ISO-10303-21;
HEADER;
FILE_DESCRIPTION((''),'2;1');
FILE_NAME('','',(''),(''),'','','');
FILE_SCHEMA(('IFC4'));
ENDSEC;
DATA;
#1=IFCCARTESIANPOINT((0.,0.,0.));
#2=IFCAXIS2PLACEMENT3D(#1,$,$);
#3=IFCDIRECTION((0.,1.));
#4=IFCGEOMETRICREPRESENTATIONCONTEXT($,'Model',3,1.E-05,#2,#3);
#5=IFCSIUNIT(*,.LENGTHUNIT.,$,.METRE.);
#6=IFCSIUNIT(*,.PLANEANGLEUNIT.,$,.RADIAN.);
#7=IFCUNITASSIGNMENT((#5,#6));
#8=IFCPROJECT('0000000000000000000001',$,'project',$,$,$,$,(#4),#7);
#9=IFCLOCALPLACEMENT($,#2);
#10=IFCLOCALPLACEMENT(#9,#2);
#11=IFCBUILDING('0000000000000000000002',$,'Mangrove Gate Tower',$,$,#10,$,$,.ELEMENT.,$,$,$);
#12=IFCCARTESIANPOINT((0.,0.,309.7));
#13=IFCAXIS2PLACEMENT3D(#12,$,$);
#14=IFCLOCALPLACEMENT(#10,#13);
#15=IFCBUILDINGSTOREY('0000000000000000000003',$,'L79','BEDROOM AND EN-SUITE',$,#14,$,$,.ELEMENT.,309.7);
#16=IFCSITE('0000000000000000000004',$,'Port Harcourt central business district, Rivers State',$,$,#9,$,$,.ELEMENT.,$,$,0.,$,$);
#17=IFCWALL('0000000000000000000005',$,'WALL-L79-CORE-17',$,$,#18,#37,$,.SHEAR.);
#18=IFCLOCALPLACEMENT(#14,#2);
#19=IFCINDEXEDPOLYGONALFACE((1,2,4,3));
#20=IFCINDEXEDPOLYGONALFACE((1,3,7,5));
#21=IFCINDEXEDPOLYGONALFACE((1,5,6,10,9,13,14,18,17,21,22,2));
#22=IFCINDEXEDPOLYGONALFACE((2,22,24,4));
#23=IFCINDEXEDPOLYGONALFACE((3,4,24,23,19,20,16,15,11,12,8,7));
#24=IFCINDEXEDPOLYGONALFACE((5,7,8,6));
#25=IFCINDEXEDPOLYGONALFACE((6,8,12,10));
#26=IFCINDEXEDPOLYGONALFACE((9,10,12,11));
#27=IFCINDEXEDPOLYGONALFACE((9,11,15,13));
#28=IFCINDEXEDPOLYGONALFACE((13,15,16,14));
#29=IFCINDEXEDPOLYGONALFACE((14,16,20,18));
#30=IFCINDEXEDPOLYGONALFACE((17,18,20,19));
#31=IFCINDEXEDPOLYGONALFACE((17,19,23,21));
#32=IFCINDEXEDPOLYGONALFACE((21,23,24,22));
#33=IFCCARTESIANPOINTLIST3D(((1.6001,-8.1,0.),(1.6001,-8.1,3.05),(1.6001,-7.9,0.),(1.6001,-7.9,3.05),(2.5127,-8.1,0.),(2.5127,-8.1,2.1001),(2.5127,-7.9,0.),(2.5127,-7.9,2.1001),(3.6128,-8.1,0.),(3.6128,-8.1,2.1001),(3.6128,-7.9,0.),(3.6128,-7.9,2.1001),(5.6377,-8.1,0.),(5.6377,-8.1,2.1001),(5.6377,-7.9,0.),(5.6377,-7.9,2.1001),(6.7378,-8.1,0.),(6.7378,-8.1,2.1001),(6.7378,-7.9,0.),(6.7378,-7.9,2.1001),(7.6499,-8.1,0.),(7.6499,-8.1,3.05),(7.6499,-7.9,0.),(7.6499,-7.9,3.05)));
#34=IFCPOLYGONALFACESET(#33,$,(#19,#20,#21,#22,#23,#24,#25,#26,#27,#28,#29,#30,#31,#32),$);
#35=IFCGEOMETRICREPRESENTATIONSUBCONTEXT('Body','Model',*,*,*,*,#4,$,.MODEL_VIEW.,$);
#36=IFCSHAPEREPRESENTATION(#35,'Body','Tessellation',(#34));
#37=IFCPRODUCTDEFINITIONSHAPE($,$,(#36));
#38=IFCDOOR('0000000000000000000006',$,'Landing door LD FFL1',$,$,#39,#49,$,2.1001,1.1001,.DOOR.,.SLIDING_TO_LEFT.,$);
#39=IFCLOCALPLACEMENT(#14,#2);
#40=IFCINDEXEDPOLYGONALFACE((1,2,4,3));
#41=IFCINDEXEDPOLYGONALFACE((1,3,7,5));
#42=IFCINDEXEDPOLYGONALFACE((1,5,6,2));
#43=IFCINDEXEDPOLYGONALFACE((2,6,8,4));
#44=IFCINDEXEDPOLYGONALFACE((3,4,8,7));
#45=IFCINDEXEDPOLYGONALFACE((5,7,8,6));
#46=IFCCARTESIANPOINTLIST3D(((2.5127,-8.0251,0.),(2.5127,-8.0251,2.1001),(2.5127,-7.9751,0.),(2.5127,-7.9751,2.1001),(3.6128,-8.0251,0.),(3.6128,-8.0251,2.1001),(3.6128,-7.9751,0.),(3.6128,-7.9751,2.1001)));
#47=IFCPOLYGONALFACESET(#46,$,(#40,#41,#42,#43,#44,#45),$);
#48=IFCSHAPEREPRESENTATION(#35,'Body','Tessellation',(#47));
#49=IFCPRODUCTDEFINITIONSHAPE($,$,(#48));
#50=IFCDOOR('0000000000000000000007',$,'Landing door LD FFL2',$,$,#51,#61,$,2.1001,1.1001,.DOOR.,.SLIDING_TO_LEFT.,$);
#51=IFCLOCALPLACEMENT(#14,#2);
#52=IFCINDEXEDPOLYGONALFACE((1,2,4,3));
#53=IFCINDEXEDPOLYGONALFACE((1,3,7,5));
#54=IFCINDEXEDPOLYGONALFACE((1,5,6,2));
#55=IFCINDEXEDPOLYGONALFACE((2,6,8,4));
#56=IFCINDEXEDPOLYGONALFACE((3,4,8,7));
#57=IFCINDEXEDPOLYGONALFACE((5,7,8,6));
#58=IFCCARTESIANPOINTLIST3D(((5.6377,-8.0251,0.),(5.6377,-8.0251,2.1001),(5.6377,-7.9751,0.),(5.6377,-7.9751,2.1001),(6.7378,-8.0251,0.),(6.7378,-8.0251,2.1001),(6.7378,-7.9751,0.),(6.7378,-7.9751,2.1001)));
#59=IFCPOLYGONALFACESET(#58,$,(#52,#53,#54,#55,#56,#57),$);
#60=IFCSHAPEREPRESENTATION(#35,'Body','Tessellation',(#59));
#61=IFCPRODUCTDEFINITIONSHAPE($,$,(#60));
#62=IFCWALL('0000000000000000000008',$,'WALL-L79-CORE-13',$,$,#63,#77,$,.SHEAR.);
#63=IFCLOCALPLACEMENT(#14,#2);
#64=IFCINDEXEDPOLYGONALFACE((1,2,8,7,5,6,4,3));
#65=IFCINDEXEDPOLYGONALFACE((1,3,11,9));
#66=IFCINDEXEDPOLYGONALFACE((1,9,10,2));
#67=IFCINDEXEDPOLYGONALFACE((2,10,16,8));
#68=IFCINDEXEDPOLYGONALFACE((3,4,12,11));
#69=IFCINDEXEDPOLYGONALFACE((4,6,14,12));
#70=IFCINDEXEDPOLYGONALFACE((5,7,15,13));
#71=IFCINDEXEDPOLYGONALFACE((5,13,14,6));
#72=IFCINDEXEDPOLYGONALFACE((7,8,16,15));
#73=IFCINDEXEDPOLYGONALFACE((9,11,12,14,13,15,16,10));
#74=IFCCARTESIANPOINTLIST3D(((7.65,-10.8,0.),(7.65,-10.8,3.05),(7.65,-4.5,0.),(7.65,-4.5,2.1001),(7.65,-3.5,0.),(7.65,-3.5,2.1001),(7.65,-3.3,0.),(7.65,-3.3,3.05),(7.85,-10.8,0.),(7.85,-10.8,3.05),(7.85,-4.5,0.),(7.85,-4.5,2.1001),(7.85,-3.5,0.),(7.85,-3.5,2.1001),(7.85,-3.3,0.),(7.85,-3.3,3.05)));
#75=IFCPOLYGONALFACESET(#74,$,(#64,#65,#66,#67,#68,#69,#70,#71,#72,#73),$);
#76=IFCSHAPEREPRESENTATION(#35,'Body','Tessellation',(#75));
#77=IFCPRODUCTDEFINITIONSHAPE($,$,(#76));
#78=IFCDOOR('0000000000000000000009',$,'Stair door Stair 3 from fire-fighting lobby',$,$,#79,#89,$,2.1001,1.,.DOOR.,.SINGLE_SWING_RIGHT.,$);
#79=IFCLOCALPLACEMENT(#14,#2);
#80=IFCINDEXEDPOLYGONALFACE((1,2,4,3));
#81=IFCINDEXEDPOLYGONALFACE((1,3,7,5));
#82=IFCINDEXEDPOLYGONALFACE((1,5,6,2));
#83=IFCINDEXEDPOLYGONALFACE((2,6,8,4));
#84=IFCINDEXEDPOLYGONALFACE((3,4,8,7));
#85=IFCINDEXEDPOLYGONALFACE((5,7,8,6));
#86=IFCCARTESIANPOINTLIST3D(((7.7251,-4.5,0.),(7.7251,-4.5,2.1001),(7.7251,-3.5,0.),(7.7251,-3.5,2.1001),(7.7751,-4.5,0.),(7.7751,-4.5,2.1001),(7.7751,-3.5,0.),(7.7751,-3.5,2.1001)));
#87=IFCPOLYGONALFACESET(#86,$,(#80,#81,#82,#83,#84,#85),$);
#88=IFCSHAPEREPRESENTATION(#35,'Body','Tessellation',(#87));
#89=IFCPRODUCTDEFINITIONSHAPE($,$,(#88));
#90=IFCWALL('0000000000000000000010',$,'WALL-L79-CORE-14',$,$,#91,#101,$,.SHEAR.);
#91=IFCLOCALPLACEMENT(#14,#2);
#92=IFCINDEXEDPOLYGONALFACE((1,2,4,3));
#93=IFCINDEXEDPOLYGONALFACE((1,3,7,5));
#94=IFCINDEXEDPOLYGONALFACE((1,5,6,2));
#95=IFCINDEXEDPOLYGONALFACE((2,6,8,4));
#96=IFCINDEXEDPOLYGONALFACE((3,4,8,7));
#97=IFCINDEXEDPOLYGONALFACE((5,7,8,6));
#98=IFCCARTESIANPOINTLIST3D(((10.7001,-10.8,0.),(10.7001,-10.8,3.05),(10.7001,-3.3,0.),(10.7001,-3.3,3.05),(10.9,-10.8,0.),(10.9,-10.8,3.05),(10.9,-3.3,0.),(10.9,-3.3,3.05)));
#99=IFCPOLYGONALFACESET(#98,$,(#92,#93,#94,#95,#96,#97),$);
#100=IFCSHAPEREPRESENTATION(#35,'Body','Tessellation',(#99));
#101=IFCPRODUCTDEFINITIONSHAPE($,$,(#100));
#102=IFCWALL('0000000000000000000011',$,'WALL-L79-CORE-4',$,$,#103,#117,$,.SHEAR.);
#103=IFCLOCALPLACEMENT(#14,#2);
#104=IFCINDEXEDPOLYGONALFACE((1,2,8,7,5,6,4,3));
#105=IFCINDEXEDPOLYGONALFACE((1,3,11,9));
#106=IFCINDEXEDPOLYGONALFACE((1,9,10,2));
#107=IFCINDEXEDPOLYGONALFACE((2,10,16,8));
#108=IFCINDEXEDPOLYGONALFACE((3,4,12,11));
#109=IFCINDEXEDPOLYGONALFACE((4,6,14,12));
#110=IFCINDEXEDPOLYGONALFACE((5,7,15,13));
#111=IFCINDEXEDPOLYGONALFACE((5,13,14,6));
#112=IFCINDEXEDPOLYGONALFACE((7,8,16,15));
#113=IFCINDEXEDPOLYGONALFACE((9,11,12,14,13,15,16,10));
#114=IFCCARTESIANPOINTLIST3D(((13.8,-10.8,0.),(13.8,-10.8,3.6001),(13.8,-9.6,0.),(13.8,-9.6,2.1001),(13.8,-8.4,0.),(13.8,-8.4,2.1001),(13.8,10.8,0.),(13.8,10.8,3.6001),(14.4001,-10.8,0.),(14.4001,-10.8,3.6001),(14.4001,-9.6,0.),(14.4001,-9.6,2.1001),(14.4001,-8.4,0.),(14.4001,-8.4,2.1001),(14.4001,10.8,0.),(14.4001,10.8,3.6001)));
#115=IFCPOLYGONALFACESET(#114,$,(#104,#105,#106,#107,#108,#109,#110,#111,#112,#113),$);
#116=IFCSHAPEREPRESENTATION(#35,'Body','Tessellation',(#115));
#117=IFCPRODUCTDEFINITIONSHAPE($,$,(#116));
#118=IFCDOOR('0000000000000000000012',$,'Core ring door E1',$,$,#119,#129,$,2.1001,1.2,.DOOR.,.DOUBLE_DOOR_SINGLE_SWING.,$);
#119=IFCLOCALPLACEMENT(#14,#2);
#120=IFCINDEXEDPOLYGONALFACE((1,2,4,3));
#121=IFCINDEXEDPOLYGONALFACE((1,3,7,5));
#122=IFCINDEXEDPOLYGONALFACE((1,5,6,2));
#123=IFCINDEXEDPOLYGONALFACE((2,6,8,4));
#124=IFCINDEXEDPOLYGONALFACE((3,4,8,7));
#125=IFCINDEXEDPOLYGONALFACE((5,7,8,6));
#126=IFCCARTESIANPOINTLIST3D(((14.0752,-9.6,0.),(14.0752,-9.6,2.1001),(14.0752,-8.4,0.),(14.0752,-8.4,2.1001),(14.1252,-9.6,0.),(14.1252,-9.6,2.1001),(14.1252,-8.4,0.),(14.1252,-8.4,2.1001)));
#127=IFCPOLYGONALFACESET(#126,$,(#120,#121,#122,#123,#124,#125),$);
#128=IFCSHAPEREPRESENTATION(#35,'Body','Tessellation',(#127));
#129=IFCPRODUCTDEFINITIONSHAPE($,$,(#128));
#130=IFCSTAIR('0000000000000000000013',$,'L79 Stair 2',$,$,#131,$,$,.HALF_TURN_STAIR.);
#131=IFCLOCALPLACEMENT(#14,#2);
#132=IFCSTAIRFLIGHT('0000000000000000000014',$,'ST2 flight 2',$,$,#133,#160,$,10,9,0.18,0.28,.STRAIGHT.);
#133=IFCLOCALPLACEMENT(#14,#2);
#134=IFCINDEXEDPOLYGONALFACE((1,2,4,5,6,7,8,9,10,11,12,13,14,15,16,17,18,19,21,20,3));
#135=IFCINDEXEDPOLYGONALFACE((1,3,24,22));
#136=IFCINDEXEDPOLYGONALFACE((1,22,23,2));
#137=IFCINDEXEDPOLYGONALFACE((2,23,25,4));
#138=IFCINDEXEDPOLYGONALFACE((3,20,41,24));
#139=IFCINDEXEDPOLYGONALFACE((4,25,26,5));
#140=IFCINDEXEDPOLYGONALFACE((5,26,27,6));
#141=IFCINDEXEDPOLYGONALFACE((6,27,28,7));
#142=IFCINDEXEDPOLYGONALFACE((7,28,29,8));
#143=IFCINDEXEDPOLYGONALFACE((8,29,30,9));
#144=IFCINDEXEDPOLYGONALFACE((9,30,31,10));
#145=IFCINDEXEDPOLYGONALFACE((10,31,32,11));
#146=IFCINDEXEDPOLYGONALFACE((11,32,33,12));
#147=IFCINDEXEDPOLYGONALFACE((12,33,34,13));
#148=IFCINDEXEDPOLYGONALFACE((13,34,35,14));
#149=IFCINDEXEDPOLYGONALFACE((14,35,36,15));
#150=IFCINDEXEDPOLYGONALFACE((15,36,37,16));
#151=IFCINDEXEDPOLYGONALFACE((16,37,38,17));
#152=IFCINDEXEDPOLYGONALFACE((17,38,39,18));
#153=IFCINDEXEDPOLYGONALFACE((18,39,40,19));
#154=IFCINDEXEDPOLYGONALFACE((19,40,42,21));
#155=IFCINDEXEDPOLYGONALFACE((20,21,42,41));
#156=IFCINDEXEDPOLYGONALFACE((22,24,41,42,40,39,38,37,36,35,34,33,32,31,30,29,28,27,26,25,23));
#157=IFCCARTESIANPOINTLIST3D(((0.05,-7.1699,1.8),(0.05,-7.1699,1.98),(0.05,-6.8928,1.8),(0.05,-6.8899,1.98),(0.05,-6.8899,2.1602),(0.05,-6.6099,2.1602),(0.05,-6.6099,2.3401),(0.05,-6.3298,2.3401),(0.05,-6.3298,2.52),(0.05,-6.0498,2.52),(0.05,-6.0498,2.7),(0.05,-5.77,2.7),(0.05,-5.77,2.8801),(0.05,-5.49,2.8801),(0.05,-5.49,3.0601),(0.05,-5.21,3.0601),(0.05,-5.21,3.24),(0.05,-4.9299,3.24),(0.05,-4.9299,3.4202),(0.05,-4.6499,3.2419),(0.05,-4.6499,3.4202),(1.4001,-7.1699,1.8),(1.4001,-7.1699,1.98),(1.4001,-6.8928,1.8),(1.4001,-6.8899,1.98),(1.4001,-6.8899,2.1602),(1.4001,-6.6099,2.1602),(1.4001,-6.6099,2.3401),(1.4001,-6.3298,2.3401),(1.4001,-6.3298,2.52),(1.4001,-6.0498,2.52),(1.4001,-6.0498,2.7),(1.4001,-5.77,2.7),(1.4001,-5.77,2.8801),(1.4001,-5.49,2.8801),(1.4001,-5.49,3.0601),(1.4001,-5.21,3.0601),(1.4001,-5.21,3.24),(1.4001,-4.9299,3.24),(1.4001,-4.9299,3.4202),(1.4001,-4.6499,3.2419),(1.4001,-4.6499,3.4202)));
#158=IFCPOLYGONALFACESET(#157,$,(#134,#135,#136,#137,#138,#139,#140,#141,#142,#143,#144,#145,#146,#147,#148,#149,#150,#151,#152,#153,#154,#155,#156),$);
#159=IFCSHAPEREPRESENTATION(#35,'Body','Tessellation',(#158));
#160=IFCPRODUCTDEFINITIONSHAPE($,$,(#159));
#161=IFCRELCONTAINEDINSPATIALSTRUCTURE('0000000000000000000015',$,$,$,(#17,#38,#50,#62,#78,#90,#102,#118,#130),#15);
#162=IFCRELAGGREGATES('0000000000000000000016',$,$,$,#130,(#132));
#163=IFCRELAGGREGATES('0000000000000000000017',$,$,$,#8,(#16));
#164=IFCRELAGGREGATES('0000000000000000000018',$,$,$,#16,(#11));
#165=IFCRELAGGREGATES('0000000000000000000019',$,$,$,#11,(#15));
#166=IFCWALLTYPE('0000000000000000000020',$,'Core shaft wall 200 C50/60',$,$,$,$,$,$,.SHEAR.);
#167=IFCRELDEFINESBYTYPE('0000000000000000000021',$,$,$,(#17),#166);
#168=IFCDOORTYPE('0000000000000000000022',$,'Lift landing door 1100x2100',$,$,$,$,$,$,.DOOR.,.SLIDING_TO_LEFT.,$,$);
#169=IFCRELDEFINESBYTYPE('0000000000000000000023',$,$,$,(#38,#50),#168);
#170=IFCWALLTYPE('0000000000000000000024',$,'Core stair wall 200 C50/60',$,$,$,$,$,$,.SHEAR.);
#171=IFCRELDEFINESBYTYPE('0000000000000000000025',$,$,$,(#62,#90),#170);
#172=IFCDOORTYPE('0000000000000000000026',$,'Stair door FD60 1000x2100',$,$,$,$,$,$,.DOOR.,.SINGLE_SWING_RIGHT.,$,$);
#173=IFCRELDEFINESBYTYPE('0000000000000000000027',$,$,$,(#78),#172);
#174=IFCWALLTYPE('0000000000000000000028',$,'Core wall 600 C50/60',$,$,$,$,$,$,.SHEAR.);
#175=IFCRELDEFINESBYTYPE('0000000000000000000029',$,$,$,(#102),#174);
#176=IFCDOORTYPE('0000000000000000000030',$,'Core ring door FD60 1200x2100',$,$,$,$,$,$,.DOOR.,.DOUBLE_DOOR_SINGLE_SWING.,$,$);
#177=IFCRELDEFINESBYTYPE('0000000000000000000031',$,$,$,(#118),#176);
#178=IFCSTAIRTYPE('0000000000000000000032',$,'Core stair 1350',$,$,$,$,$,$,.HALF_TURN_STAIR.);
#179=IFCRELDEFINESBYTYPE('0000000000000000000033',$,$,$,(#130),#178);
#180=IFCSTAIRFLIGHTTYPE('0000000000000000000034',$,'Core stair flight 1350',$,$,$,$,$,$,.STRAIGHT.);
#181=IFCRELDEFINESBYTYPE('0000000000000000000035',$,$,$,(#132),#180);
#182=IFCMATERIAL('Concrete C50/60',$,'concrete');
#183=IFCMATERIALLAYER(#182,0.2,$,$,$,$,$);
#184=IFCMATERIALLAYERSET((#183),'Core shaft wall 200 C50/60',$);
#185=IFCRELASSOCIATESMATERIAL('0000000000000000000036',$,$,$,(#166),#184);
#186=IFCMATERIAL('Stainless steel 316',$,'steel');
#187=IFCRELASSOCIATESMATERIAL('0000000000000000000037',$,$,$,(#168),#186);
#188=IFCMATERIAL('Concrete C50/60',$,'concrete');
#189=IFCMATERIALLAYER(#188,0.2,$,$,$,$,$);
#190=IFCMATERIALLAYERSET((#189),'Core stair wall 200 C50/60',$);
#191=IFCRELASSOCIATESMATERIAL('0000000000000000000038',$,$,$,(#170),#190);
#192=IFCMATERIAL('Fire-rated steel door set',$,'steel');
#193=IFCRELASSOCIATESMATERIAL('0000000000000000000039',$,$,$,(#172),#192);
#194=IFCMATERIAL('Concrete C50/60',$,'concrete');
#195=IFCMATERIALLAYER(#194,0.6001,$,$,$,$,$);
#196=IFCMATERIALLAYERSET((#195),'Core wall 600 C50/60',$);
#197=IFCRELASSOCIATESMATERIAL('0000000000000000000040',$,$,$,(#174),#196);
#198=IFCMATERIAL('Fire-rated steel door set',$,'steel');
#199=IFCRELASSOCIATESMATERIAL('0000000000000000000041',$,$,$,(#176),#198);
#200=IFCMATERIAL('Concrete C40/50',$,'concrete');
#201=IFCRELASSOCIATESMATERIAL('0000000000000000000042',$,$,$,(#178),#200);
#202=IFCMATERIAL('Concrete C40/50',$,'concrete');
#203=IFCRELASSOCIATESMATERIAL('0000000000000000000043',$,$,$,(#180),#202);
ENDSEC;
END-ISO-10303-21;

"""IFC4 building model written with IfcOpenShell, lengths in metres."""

from ifc_helpers import new_model, si_unit, direction, frame, frame_2d, origin, place, context, subcontext, project, spatial, polyline, rectangle, outline, extrude, material, layer, layer_set, type_object, element, fill, aggregate, save


model = new_model("IFC4")

# Units and contexts
model_context = context("Model", 3, precision=1e-05, world=origin(), true_north=direction((0.0, 1.0)))
body_context = subcontext(model_context, "Body", "Model", "MODEL_VIEW")
ifc_project = project(units=[si_unit("LENGTHUNIT", "METRE"), si_unit("PLANEANGLEUNIT", "RADIAN")], contexts=[model_context])

# Site, building, storey
site_placement = place(None, origin())
site = spatial("IfcSite", under=ifc_project, at=site_placement, Name="Port Harcourt central business district, Rivers State", CompositionType="ELEMENT", RefElevation=0.0)
building_placement = place(site_placement, origin())
building = spatial("IfcBuilding", under=site, at=building_placement, Name="Mangrove Gate Tower", CompositionType="ELEMENT")
storey_placement = place(building_placement, frame((0.0, 0.0, 309.7)))
storey = spatial("IfcBuildingStorey", under=building, at=storey_placement, Name="L79", Description="BEDROOM AND EN-SUITE", CompositionType="ELEMENT", Elevation=309.7)

# Wall, openings, doors
ifc_material_1 = material(Name="Concrete C50/60", Category="concrete")
ifc_layer_1 = layer(ifc_material_1, 0.2)
ifc_layer_set_1 = layer_set([ifc_layer_1], Name="Core shaft wall 200 C50/60")
wall_type_1 = type_object("IfcWallType", Name="Core shaft wall 200 C50/60", PredefinedType="SHEAR", material=ifc_layer_set_1)
wall_1_placement = place(storey_placement, frame((1.6001, -8.0, 0.0), z_axis=(0.0, 0.0, 1.0), x_axis=(1.0, 0.0, 0.0)))
wall_1 = element("IfcWall", 1, at=wall_1_placement, inside=storey, type_object=wall_type_1, Name="WALL-L79-CORE-17", PredefinedType="SHEAR", context=body_context, shape_type="SweptSolid", body=[
    extrude(rectangle(XDim=6.0498, YDim=0.2, at=frame_2d((3.0249, 0.0))), origin(), (0.0, 0.0, 1.0), 3.05),
])
opening_1_placement = place(wall_1_placement, frame((0.9126, 0.0, 0.0)))
opening_1 = element("IfcOpeningElement", 2, at=opening_1_placement, cuts=wall_1, PredefinedType="OPENING", context=body_context, shape_type="SweptSolid", body=[
    extrude(rectangle(XDim=1.1001, YDim=2.1001, at=frame_2d((0.55, 1.05))), frame((0.0, 0.1099, 0.0), z_axis=(0.0, -1.0, 0.0), x_axis=(1.0, 0.0, 0.0)), (0.0, 0.0, 1.0), 0.22),
])
opening_2_placement = place(wall_1_placement, frame((4.0376, 0.0, 0.0)))
opening_2 = element("IfcOpeningElement", 3, at=opening_2_placement, cuts=wall_1, PredefinedType="OPENING", context=body_context, shape_type="SweptSolid", body=[
    extrude(rectangle(XDim=1.1001, YDim=2.1001, at=frame_2d((0.55, 1.05))), frame((0.0, 0.1099, 0.0), z_axis=(0.0, -1.0, 0.0), x_axis=(1.0, 0.0, 0.0)), (0.0, 0.0, 1.0), 0.22),
])
ifc_material_2 = material(Name="Stainless steel 316", Category="steel")
door_type_1 = type_object("IfcDoorType", Name="Lift landing door 1100x2100", OperationType="SLIDING_TO_LEFT", PredefinedType="DOOR", material=ifc_material_2)
door_1_placement = place(opening_1_placement, origin())
door_1 = element("IfcDoor", 4, at=door_1_placement, inside=storey, type_object=door_type_1, Name="Landing door LD FFL1", OperationType="SLIDING_TO_LEFT", OverallHeight=2.1001, OverallWidth=1.1001, PredefinedType="DOOR", context=body_context, shape_type="SweptSolid", body=[
    extrude(rectangle(XDim=1.1001, YDim=2.1001, at=frame_2d((0.55, 1.05))), frame((0.0, 0.0249, 0.0), z_axis=(0.0, -1.0, 0.0), x_axis=(1.0, 0.0, 0.0)), (0.0, 0.0, 1.0), 0.05),
])
fill(opening_1, door_1)
door_2_placement = place(opening_2_placement, origin())
door_2 = element("IfcDoor", 5, at=door_2_placement, inside=storey, type_object=door_type_1, Name="Landing door LD FFL2", OperationType="SLIDING_TO_LEFT", OverallHeight=2.1001, OverallWidth=1.1001, PredefinedType="DOOR", context=body_context, shape_type="SweptSolid", body=[
    extrude(rectangle(XDim=1.1001, YDim=2.1001, at=frame_2d((0.55, 1.05))), frame((0.0, 0.0249, 0.0), z_axis=(0.0, -1.0, 0.0), x_axis=(1.0, 0.0, 0.0)), (0.0, 0.0, 1.0), 0.05),
])
fill(opening_2, door_2)

# Wall, opening, door
ifc_material_3 = material(Name="Concrete C50/60", Category="concrete")
ifc_layer_2 = layer(ifc_material_3, 0.2)
ifc_layer_set_2 = layer_set([ifc_layer_2], Name="Core stair wall 200 C50/60")
wall_type_2 = type_object("IfcWallType", Name="Core stair wall 200 C50/60", PredefinedType="SHEAR", material=ifc_layer_set_2)
wall_2_placement = place(storey_placement, frame((7.75, -10.8, 0.0), z_axis=(0.0, 0.0, 1.0), x_axis=(0.0, 1.0, 0.0)))
wall_2 = element("IfcWall", 6, at=wall_2_placement, inside=storey, type_object=wall_type_2, Name="WALL-L79-CORE-13", PredefinedType="SHEAR", context=body_context, shape_type="SweptSolid", body=[
    extrude(rectangle(XDim=7.5, YDim=0.2, at=frame_2d((3.75, 0.0))), origin(), (0.0, 0.0, 1.0), 3.05),
])
opening_3_placement = place(wall_2_placement, frame((6.3, 0.0, 0.0)))
opening_3 = element("IfcOpeningElement", 7, at=opening_3_placement, cuts=wall_2, PredefinedType="OPENING", context=body_context, shape_type="SweptSolid", body=[
    extrude(rectangle(XDim=1.0, YDim=2.1001, at=frame_2d((0.5, 1.05))), frame((0.0, 0.1099, 0.0), z_axis=(0.0, -1.0, 0.0), x_axis=(1.0, 0.0, 0.0)), (0.0, 0.0, 1.0), 0.22),
])
ifc_material_4 = material(Name="Fire-rated steel door set", Category="steel")
door_type_2 = type_object("IfcDoorType", Name="Stair door FD60 1000x2100", OperationType="SINGLE_SWING_RIGHT", PredefinedType="DOOR", material=ifc_material_4)
door_3_placement = place(opening_3_placement, origin())
door_3 = element("IfcDoor", 8, at=door_3_placement, inside=storey, type_object=door_type_2, Name="Stair door Stair 3 from fire-fighting lobby", OperationType="SINGLE_SWING_RIGHT", OverallHeight=2.1001, OverallWidth=1.0, PredefinedType="DOOR", context=body_context, shape_type="SweptSolid", body=[
    extrude(rectangle(XDim=1.0, YDim=2.1001, at=frame_2d((0.5, 1.05))), frame((0.0, 0.0249, 0.0), z_axis=(0.0, -1.0, 0.0), x_axis=(1.0, 0.0, 0.0)), (0.0, 0.0, 1.0), 0.05),
])
fill(opening_3, door_3)

# Wall
wall_3_placement = place(storey_placement, frame((10.8, -10.8, 0.0), z_axis=(0.0, 0.0, 1.0), x_axis=(0.0, 1.0, 0.0)))
element("IfcWall", 9, at=wall_3_placement, inside=storey, type_object=wall_type_2, Name="WALL-L79-CORE-14", PredefinedType="SHEAR", context=body_context, shape_type="SweptSolid", body=[
    extrude(rectangle(XDim=7.5, YDim=0.2, at=frame_2d((3.75, 0.0))), origin(), (0.0, 0.0, 1.0), 3.05),
])

# Wall, opening, door
ifc_material_5 = material(Name="Concrete C50/60", Category="concrete")
ifc_layer_3 = layer(ifc_material_5, 0.6001)
ifc_layer_set_3 = layer_set([ifc_layer_3], Name="Core wall 600 C50/60")
wall_type_3 = type_object("IfcWallType", Name="Core wall 600 C50/60", PredefinedType="SHEAR", material=ifc_layer_set_3)
wall_4_placement = place(storey_placement, frame((14.1001, -10.8, 0.0), z_axis=(0.0, 0.0, 1.0), x_axis=(0.0, 1.0, 0.0)))
wall_4 = element("IfcWall", 10, at=wall_4_placement, inside=storey, type_object=wall_type_3, Name="WALL-L79-CORE-4", PredefinedType="SHEAR", context=body_context, shape_type="SweptSolid", body=[
    extrude(rectangle(XDim=21.6001, YDim=0.6001, at=frame_2d((10.8, 0.0))), origin(), (0.0, 0.0, 1.0), 3.6001),
])
opening_4_placement = place(wall_4_placement, frame((1.2, 0.0, 0.0)))
opening_4 = element("IfcOpeningElement", 11, at=opening_4_placement, cuts=wall_4, PredefinedType="OPENING", context=body_context, shape_type="SweptSolid", body=[
    extrude(rectangle(XDim=1.2, YDim=2.1001, at=frame_2d((0.6001, 1.05))), frame((0.0, 0.3101, 0.0), z_axis=(0.0, -1.0, 0.0), x_axis=(1.0, 0.0, 0.0)), (0.0, 0.0, 1.0), 0.6201),
])
ifc_material_6 = material(Name="Fire-rated steel door set", Category="steel")
door_type_3 = type_object("IfcDoorType", Name="Core ring door FD60 1200x2100", OperationType="DOUBLE_DOOR_SINGLE_SWING", PredefinedType="DOOR", material=ifc_material_6)
door_4_placement = place(opening_4_placement, origin())
door_4 = element("IfcDoor", 12, at=door_4_placement, inside=storey, type_object=door_type_3, Name="Core ring door E1", OperationType="DOUBLE_DOOR_SINGLE_SWING", OverallHeight=2.1001, OverallWidth=1.2, PredefinedType="DOOR", context=body_context, shape_type="SweptSolid", body=[
    extrude(rectangle(XDim=1.2, YDim=2.1001, at=frame_2d((0.6001, 1.05))), frame((0.0, 0.0249, 0.0), z_axis=(0.0, -1.0, 0.0), x_axis=(1.0, 0.0, 0.0)), (0.0, 0.0, 1.0), 0.05),
])
fill(opening_4, door_4)

# Stair, stair flight
ifc_material_7 = material(Name="Concrete C40/50", Category="concrete")
stair_type = type_object("IfcStairType", Name="Core stair 1350", PredefinedType="HALF_TURN_STAIR", material=ifc_material_7)
stair_1_placement = place(storey_placement, origin())
stair_1 = element("IfcStair", 13, at=stair_1_placement, inside=storey, type_object=stair_type, Name="L79 Stair 2", PredefinedType="HALF_TURN_STAIR")
ifc_material_8 = material(Name="Concrete C40/50", Category="concrete")
stair_flight_type = type_object("IfcStairFlightType", Name="Core stair flight 1350", PredefinedType="STRAIGHT", material=ifc_material_8)
stair_flight_1_placement = place(storey_placement, frame((0.7251, -7.1699, 1.8), z_axis=(0.0, 0.0, 1.0), x_axis=(0.0, 1.0, 0.0)))
stair_flight_1 = element("IfcStairFlight", 14, at=stair_flight_1_placement, type_object=stair_flight_type, Name="ST2 flight 2", NumberOfRisers=10, NumberOfTreads=9, PredefinedType="STRAIGHT", RiserHeight=0.18, TreadLength=0.28, context=body_context, shape_type="SweptSolid", body=[
    extrude(outline(polyline([(0.0, 0.0), (0.0, 0.1799), (0.28, 0.1799), (0.28, 0.3601), (0.5601, 0.3601), (0.5601, 0.54), (0.8401, 0.54), (0.8401, 0.72), (1.1201, 0.72), (1.1201, 0.8999), (1.3999, 0.8999), (1.3999, 1.0801), (1.6799, 1.0801), (1.6799, 1.26), (1.96, 1.26), (1.96, 1.4399), (2.24, 1.4399), (2.24, 1.6201), (2.52, 1.6201), (2.52, 1.8), (2.52, 1.4419), (0.2771, 0.0), (0.0, 0.0)])), frame((0.0, 0.675, 0.0), z_axis=(0.0, -1.0, 0.0), x_axis=(1.0, 0.0, 0.0)), (0.0, 0.0, 1.0), 1.3501),
])
aggregate(stair_1, [stair_flight_1])

save(model, "model.ifc")
